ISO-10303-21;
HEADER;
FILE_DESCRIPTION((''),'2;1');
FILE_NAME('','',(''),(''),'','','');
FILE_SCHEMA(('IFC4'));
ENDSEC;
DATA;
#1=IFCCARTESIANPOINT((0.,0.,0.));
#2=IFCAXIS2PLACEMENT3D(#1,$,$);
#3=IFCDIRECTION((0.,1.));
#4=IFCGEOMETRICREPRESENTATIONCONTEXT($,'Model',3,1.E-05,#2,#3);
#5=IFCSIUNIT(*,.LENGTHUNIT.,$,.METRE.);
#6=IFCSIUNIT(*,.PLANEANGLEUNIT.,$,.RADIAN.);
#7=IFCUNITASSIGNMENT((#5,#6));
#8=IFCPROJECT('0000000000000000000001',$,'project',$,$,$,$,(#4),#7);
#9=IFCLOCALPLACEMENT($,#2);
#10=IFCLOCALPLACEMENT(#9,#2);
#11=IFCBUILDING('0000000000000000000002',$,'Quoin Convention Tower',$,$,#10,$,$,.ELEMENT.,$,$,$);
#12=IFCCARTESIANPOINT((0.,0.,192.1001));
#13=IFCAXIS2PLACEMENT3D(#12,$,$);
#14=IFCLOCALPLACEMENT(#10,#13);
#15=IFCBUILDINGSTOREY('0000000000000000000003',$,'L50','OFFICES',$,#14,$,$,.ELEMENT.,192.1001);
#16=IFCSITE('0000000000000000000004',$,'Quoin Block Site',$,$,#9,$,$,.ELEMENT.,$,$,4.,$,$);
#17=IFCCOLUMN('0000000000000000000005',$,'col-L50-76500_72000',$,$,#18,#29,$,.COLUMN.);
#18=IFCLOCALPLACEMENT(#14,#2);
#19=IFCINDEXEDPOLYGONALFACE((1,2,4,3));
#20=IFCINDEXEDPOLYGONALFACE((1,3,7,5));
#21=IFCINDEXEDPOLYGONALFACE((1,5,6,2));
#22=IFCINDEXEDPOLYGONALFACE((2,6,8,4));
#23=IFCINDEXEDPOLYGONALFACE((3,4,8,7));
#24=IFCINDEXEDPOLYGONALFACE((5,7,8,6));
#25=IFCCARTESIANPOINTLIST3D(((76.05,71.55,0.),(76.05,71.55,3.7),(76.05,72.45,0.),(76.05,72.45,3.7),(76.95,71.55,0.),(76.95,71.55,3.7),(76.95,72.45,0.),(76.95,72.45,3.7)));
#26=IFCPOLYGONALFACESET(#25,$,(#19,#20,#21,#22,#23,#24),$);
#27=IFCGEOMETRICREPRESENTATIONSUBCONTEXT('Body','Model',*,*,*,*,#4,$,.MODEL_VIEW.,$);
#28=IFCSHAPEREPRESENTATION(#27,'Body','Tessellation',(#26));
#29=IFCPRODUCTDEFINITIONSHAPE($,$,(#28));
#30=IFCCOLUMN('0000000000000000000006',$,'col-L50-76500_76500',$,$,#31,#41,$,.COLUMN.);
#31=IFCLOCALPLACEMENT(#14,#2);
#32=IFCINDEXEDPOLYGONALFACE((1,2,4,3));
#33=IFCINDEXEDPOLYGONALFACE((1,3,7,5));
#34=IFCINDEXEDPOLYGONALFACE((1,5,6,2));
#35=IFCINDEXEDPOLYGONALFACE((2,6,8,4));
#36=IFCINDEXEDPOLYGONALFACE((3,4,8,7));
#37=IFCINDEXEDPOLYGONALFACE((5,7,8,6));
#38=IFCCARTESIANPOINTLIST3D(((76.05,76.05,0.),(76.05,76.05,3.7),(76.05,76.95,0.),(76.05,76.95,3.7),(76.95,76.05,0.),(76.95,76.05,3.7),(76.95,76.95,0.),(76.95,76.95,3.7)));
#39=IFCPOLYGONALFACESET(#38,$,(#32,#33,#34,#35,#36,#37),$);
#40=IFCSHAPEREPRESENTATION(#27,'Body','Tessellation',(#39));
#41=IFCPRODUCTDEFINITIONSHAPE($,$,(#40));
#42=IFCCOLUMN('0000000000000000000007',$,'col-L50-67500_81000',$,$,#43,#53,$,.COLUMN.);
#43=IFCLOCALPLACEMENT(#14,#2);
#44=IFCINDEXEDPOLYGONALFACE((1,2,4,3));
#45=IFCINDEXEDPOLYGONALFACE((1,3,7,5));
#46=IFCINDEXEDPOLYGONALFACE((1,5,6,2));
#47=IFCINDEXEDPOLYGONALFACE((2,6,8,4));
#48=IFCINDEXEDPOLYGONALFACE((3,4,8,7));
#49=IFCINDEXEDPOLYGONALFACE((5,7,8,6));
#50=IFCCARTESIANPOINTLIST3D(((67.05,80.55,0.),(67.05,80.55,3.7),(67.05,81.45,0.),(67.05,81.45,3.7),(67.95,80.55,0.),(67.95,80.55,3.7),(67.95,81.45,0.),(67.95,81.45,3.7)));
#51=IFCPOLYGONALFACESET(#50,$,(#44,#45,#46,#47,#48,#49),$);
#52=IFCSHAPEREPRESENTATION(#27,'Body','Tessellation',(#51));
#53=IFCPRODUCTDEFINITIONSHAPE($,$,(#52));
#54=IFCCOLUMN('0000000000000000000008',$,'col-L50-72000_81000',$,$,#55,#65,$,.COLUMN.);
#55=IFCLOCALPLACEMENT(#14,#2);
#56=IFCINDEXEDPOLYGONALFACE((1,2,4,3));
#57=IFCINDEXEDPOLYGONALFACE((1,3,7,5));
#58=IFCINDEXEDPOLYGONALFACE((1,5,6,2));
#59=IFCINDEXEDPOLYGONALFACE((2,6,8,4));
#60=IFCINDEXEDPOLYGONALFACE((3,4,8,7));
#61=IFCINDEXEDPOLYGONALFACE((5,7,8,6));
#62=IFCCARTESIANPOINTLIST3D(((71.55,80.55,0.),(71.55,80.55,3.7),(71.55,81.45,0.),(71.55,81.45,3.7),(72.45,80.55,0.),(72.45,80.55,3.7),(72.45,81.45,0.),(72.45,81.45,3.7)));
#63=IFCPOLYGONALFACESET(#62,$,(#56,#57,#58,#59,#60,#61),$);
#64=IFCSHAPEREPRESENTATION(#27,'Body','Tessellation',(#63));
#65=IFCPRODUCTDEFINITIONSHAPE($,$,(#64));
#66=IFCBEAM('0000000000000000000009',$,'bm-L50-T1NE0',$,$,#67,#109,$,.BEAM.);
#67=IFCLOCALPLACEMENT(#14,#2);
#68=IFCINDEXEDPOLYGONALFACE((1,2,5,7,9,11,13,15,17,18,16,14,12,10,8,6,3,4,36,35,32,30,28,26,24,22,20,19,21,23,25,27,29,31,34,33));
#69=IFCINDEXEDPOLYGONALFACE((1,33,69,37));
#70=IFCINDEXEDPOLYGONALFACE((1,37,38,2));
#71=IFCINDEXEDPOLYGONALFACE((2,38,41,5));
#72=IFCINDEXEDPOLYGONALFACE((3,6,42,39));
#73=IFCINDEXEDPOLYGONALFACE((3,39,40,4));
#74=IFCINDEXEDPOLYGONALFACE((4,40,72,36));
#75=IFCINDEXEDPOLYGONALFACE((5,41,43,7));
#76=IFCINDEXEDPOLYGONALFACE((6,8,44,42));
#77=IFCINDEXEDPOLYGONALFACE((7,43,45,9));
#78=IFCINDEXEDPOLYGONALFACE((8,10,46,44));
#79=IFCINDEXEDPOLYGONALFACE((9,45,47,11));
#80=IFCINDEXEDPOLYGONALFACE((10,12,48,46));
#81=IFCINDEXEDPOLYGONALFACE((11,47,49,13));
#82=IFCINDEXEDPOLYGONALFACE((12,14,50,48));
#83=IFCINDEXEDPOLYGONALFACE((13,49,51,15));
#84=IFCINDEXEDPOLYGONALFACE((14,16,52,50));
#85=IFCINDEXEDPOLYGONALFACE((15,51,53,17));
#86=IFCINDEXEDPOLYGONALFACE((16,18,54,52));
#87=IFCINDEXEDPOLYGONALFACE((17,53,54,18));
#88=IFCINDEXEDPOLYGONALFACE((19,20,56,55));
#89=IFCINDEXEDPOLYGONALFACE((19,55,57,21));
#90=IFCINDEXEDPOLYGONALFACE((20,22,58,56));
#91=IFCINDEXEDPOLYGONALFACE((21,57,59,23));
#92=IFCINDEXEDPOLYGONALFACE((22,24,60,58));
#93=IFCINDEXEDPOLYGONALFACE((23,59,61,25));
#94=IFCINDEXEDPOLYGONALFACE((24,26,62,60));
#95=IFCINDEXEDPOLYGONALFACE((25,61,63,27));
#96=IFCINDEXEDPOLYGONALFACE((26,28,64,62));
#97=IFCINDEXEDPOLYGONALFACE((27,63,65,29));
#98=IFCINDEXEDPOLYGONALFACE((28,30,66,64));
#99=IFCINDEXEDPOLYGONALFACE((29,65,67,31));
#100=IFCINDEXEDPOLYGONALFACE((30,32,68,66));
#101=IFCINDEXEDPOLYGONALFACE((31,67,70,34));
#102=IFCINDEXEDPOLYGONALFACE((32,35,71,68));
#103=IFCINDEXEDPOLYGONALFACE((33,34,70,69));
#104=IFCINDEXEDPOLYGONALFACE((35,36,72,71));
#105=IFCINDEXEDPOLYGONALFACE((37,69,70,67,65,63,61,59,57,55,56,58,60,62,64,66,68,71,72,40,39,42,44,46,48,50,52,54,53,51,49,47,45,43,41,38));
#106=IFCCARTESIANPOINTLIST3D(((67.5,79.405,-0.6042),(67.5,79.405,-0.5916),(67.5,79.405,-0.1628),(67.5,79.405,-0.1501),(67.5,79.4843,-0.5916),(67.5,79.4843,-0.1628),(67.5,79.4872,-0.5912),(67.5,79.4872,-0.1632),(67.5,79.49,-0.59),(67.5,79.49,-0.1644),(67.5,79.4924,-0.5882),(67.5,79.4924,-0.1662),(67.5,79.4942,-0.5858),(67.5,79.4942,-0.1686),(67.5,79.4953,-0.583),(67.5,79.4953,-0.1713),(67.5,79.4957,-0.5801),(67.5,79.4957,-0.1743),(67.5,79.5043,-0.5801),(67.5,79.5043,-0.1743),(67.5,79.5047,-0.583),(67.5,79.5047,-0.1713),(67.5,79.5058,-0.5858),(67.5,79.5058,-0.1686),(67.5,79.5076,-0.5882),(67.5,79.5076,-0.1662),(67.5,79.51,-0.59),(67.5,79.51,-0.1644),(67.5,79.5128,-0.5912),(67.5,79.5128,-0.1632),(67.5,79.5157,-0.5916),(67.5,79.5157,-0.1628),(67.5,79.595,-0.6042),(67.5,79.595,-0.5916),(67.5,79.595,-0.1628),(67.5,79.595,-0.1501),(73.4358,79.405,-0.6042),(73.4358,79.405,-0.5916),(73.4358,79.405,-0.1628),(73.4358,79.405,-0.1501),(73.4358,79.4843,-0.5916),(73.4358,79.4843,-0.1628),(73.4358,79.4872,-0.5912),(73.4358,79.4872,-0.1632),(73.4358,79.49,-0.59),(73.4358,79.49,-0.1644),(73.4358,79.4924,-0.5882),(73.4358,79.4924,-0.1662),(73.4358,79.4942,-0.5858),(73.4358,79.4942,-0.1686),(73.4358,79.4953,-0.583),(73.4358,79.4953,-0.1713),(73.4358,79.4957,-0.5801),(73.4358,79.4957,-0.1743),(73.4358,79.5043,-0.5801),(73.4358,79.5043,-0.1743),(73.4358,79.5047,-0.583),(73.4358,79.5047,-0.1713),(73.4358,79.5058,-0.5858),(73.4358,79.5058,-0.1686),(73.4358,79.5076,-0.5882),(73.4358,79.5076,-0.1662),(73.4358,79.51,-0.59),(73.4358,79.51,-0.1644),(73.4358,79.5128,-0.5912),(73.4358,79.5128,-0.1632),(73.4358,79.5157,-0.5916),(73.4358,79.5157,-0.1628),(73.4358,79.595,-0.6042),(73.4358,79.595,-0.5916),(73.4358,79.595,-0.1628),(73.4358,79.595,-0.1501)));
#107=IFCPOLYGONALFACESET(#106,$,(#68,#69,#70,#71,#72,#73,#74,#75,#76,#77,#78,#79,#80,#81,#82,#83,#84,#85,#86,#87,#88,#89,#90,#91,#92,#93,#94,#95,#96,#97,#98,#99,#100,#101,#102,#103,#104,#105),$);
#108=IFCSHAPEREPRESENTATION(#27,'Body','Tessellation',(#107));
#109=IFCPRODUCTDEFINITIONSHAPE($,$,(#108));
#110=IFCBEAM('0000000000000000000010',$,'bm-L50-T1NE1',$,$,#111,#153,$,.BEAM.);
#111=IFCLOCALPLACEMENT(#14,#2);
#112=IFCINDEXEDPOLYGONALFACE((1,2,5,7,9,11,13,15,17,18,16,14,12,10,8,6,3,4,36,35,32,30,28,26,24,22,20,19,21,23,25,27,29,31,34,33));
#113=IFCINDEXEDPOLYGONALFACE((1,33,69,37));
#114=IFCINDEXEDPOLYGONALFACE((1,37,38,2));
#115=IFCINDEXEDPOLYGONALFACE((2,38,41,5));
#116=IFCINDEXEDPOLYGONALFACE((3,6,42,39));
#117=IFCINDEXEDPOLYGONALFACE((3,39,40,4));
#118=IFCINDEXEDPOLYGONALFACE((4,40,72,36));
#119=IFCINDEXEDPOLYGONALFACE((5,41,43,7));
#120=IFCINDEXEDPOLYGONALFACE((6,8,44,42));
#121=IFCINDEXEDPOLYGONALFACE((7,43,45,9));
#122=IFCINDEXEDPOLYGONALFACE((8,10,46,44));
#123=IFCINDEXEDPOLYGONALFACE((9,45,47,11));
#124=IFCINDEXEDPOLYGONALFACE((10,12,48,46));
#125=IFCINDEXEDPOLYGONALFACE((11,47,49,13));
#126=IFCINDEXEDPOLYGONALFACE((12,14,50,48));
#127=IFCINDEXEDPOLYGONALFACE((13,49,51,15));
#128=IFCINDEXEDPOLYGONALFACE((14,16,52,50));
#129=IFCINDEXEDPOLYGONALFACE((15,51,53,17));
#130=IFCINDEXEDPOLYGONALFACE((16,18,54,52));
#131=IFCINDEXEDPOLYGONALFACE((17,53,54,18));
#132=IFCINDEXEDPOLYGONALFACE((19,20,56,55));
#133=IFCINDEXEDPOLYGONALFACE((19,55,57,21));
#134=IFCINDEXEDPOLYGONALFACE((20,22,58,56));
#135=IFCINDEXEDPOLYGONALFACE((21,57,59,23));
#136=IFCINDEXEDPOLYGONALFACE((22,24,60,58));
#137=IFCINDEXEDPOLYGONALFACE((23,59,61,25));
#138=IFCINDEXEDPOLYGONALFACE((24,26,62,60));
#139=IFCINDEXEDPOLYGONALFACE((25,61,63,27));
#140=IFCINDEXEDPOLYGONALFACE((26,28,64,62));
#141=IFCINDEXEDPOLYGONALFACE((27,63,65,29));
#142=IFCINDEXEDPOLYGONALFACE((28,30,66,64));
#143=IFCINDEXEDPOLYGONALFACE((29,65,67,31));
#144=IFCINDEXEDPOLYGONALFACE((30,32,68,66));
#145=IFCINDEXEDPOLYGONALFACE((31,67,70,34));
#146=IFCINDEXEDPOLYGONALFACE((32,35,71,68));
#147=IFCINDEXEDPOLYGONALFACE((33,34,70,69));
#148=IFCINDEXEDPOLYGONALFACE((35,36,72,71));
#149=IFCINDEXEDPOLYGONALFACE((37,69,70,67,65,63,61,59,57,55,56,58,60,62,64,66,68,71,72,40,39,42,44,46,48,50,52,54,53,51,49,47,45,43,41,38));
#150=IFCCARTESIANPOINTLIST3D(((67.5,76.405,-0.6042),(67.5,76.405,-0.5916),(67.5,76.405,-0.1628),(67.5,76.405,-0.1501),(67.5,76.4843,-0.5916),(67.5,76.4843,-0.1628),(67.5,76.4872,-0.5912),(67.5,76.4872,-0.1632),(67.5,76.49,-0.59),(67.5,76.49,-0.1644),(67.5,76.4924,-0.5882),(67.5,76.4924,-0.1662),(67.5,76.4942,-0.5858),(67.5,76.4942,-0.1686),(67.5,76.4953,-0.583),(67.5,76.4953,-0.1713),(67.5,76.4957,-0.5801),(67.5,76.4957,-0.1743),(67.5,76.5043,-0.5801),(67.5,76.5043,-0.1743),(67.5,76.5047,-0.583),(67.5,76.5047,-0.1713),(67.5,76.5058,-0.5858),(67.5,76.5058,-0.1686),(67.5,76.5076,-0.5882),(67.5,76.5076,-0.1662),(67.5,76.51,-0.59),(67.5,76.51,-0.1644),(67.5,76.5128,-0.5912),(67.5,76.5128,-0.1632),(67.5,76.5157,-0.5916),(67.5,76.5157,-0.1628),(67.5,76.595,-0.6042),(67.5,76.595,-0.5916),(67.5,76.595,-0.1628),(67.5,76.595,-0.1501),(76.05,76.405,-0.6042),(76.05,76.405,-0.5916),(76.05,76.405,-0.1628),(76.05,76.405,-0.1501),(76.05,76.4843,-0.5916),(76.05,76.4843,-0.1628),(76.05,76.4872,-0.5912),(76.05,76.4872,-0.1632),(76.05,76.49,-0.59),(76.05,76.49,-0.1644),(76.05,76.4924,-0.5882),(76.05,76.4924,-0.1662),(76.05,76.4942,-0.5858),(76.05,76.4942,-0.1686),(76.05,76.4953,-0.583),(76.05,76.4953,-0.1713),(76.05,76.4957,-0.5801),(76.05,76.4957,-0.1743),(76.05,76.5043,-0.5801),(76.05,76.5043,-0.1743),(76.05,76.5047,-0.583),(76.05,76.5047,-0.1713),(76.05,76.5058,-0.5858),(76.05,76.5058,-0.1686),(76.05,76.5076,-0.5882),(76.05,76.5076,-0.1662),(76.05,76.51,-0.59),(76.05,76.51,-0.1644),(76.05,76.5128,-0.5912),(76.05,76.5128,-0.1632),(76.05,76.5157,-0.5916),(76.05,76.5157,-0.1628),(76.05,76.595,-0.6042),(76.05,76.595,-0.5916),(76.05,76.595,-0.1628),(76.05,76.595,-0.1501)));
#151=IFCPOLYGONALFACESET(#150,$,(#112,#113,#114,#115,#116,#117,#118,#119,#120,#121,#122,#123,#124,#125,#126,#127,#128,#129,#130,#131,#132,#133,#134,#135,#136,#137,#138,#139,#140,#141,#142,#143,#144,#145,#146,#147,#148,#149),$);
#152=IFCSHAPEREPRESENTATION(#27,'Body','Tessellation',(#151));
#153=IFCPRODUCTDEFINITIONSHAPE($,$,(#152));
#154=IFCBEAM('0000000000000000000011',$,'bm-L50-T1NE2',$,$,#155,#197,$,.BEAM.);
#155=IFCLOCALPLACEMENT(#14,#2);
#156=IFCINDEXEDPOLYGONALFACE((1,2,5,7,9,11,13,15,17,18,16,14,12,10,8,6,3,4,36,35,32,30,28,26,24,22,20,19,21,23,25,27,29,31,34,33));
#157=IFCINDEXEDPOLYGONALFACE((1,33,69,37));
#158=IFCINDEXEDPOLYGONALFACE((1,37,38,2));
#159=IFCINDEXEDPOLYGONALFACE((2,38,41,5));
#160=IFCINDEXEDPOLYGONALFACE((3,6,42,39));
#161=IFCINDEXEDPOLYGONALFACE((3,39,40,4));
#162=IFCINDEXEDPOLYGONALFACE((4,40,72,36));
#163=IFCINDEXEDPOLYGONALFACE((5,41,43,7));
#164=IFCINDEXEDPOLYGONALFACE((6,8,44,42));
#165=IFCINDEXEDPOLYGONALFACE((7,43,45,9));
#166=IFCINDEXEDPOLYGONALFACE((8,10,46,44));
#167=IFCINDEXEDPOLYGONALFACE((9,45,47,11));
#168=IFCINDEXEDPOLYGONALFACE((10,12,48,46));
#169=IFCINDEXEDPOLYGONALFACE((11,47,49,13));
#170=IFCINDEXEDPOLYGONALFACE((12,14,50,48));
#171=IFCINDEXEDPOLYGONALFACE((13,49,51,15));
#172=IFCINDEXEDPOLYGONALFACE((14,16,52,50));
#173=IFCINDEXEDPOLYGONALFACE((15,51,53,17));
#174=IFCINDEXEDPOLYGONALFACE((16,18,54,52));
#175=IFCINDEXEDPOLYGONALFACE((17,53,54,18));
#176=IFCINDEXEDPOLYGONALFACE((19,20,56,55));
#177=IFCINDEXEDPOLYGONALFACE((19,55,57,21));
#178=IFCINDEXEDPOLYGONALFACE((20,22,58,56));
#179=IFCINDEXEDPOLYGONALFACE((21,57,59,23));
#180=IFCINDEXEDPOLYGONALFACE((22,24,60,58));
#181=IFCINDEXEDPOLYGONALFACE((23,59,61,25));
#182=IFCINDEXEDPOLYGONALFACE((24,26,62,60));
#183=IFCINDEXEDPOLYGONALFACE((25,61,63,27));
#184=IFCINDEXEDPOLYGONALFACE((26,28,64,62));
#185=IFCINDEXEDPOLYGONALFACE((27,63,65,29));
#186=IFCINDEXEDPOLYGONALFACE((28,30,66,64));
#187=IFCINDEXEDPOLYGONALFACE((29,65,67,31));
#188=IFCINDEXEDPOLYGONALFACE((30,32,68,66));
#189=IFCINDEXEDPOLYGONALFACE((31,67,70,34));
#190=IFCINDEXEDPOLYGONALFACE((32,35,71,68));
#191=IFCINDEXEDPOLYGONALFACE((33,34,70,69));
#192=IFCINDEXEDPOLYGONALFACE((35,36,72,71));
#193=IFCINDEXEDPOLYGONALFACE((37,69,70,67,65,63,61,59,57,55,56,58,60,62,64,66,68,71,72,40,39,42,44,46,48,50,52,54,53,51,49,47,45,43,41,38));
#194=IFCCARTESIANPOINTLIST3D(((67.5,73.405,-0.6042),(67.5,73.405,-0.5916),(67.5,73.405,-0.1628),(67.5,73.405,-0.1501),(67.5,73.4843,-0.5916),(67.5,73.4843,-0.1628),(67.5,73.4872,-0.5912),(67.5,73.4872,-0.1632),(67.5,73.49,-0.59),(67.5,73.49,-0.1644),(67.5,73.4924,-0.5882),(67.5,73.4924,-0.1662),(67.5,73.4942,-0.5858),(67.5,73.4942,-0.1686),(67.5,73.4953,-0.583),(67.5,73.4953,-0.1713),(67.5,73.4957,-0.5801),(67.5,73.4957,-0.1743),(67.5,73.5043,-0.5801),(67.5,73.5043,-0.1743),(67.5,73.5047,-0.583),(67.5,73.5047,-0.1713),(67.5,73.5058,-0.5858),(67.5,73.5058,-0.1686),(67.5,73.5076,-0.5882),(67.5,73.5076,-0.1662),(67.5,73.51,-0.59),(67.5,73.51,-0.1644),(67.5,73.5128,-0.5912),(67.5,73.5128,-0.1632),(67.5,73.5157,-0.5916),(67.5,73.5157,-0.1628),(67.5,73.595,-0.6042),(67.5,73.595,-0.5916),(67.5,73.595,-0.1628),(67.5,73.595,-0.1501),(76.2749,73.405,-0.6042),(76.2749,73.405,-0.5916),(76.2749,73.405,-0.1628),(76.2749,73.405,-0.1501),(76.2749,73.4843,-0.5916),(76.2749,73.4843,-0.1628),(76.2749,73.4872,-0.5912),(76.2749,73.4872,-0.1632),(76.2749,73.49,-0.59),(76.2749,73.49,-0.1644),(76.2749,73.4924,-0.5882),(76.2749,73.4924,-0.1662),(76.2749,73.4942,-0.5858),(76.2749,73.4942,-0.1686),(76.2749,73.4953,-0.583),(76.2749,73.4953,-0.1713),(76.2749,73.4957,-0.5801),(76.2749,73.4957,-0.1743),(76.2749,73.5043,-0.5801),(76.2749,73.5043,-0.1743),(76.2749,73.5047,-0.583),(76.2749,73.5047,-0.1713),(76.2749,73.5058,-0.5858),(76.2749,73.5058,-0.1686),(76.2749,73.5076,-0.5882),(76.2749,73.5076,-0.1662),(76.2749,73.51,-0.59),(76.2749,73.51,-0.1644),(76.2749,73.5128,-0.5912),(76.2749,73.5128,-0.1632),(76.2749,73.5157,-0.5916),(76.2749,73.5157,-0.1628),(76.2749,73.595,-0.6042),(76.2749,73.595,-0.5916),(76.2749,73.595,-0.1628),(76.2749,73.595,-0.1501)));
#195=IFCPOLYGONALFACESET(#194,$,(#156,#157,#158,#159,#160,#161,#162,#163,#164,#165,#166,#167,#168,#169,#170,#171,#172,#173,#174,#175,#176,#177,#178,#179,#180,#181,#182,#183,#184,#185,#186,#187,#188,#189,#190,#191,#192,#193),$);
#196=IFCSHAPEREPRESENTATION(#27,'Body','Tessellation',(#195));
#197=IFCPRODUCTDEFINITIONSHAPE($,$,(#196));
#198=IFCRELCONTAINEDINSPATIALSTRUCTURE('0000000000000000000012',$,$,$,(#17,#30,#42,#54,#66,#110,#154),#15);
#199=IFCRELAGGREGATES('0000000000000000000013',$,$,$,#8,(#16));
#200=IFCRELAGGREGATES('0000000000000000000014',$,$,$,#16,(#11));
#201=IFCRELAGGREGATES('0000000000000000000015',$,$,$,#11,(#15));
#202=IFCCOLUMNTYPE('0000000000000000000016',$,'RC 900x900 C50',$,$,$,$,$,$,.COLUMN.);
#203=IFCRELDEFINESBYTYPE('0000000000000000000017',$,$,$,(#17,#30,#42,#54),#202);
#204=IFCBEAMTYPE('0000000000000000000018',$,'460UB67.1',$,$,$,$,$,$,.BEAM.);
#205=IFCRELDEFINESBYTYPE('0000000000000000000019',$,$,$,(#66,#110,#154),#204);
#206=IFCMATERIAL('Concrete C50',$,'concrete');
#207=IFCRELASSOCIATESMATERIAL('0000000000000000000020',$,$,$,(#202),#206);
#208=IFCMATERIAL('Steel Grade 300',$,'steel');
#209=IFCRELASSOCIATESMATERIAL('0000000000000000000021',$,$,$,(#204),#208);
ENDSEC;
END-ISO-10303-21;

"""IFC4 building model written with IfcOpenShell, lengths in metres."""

from ifc_helpers import new_model, si_unit, direction, frame, origin, origin_2d, place, context, subcontext, project, spatial, rectangle, i_section, extrude, material, material_profile, profile_set, type_object, element, save


model = new_model("IFC4")

# Units and contexts
model_context = context("Model", 3, precision=1e-05, world=origin(), true_north=direction((0.0, 1.0)))
body_context = subcontext(model_context, "Body", "Model", "MODEL_VIEW")
ifc_project = project(units=[si_unit("LENGTHUNIT", "METRE"), si_unit("PLANEANGLEUNIT", "RADIAN")], contexts=[model_context])

# Site, building, storey
site_placement = place(None, origin())
site = spatial("IfcSite", under=ifc_project, at=site_placement, Name="Quoin Block Site", CompositionType="ELEMENT", RefElevation=4.0)
building_placement = place(site_placement, origin())
building = spatial("IfcBuilding", under=site, at=building_placement, Name="Quoin Convention Tower", CompositionType="ELEMENT")
storey_placement = place(building_placement, frame((0.0, 0.0, 192.1001)))
storey = spatial("IfcBuildingStorey", under=building, at=storey_placement, Name="L50", Description="OFFICES", CompositionType="ELEMENT", Elevation=192.1001)

# Columns
ifc_material_1 = material(Name="Concrete C50", Category="concrete")
ifc_material_profile_1 = material_profile(ifc_material_1, rectangle(XDim=0.8999, YDim=0.8999, at=origin_2d()), Name="RC 900x900")
ifc_profile_set_1 = profile_set([ifc_material_profile_1], Name="Concrete C50")
column_type = type_object("IfcColumnType", Name="RC 900x900 C50", PredefinedType="COLUMN", material=ifc_profile_set_1)
for number, where, z_axis, x_axis, name in (
    (1, (76.5, 72.0, 0.0), (0.0, 0.0, 1.0), (1.0, 0.0, 0.0), "col-L50-76500_72000"),
    (2, (76.5, 76.5, 0.0), (0.0, 0.0, 1.0), (1.0, 0.0, 0.0), "col-L50-76500_76500"),
    (3, (67.5, 81.0, 0.0), (0.0, 0.0, 1.0), (1.0, 0.0, 0.0), "col-L50-67500_81000"),
    (4, (72.0, 81.0, 0.0), (0.0, 0.0, 1.0), (1.0, 0.0, 0.0), "col-L50-72000_81000"),
):
    element("IfcColumn", number, at=place(storey_placement, frame(where, z_axis=z_axis, x_axis=x_axis)), inside=storey, type_object=column_type, Name=name, PredefinedType="COLUMN", context=body_context, shape_type="SweptSolid", body=[
        extrude(rectangle(XDim=0.8999, YDim=0.8999, at=origin_2d()), origin(), (0.0, 0.0, 1.0), 3.7),
    ])

# Beams
ifc_material_2 = material(Name="Steel Grade 300", Category="steel")
ifc_material_profile_2 = material_profile(ifc_material_2, i_section(OverallWidth=0.1899, OverallDepth=0.4541, WebThickness=0.0085, FlangeThickness=0.0127, FilletRadius=0.0115, at=origin_2d()), Name="460UB67.1")
ifc_profile_set_2 = profile_set([ifc_material_profile_2], Name="Steel Grade 300")
beam_type_1 = type_object("IfcBeamType", Name="460UB67.1", PredefinedType="BEAM", material=ifc_profile_set_2)
beam_1_placement = place(storey_placement, frame((67.5, 79.5, -0.3772), z_axis=(1.0, 0.0, 0.0), x_axis=(0.0, 1.0, 0.0)))
element("IfcBeam", 5, at=beam_1_placement, inside=storey, type_object=beam_type_1, Name="bm-L50-T1NE0", PredefinedType="BEAM", context=body_context, shape_type="SweptSolid", body=[
    extrude(i_section(OverallWidth=0.1899, OverallDepth=0.4541, WebThickness=0.0085, FlangeThickness=0.0127, FilletRadius=0.0115, at=origin_2d()), origin(), (0.0, 0.0, 1.0), 5.9358),
])
beam_2_placement = place(storey_placement, frame((67.5, 76.5, -0.3772), z_axis=(1.0, 0.0, 0.0), x_axis=(0.0, 1.0, 0.0)))
element("IfcBeam", 6, at=beam_2_placement, inside=storey, type_object=beam_type_1, Name="bm-L50-T1NE1", PredefinedType="BEAM", context=body_context, shape_type="SweptSolid", body=[
    extrude(i_section(OverallWidth=0.1899, OverallDepth=0.4541, WebThickness=0.0085, FlangeThickness=0.0127, FilletRadius=0.0115, at=origin_2d()), origin(), (0.0, 0.0, 1.0), 8.55),
])
beam_3_placement = place(storey_placement, frame((67.5, 73.5, -0.3772), z_axis=(1.0, 0.0, 0.0), x_axis=(0.0, 1.0, 0.0)))
element("IfcBeam", 7, at=beam_3_placement, inside=storey, type_object=beam_type_1, Name="bm-L50-T1NE2", PredefinedType="BEAM", context=body_context, shape_type="SweptSolid", body=[
    extrude(i_section(OverallWidth=0.1899, OverallDepth=0.4541, WebThickness=0.0085, FlangeThickness=0.0127, FilletRadius=0.0115, at=origin_2d()), origin(), (0.0, 0.0, 1.0), 8.7749),
])

save(model, "model.ifc")
